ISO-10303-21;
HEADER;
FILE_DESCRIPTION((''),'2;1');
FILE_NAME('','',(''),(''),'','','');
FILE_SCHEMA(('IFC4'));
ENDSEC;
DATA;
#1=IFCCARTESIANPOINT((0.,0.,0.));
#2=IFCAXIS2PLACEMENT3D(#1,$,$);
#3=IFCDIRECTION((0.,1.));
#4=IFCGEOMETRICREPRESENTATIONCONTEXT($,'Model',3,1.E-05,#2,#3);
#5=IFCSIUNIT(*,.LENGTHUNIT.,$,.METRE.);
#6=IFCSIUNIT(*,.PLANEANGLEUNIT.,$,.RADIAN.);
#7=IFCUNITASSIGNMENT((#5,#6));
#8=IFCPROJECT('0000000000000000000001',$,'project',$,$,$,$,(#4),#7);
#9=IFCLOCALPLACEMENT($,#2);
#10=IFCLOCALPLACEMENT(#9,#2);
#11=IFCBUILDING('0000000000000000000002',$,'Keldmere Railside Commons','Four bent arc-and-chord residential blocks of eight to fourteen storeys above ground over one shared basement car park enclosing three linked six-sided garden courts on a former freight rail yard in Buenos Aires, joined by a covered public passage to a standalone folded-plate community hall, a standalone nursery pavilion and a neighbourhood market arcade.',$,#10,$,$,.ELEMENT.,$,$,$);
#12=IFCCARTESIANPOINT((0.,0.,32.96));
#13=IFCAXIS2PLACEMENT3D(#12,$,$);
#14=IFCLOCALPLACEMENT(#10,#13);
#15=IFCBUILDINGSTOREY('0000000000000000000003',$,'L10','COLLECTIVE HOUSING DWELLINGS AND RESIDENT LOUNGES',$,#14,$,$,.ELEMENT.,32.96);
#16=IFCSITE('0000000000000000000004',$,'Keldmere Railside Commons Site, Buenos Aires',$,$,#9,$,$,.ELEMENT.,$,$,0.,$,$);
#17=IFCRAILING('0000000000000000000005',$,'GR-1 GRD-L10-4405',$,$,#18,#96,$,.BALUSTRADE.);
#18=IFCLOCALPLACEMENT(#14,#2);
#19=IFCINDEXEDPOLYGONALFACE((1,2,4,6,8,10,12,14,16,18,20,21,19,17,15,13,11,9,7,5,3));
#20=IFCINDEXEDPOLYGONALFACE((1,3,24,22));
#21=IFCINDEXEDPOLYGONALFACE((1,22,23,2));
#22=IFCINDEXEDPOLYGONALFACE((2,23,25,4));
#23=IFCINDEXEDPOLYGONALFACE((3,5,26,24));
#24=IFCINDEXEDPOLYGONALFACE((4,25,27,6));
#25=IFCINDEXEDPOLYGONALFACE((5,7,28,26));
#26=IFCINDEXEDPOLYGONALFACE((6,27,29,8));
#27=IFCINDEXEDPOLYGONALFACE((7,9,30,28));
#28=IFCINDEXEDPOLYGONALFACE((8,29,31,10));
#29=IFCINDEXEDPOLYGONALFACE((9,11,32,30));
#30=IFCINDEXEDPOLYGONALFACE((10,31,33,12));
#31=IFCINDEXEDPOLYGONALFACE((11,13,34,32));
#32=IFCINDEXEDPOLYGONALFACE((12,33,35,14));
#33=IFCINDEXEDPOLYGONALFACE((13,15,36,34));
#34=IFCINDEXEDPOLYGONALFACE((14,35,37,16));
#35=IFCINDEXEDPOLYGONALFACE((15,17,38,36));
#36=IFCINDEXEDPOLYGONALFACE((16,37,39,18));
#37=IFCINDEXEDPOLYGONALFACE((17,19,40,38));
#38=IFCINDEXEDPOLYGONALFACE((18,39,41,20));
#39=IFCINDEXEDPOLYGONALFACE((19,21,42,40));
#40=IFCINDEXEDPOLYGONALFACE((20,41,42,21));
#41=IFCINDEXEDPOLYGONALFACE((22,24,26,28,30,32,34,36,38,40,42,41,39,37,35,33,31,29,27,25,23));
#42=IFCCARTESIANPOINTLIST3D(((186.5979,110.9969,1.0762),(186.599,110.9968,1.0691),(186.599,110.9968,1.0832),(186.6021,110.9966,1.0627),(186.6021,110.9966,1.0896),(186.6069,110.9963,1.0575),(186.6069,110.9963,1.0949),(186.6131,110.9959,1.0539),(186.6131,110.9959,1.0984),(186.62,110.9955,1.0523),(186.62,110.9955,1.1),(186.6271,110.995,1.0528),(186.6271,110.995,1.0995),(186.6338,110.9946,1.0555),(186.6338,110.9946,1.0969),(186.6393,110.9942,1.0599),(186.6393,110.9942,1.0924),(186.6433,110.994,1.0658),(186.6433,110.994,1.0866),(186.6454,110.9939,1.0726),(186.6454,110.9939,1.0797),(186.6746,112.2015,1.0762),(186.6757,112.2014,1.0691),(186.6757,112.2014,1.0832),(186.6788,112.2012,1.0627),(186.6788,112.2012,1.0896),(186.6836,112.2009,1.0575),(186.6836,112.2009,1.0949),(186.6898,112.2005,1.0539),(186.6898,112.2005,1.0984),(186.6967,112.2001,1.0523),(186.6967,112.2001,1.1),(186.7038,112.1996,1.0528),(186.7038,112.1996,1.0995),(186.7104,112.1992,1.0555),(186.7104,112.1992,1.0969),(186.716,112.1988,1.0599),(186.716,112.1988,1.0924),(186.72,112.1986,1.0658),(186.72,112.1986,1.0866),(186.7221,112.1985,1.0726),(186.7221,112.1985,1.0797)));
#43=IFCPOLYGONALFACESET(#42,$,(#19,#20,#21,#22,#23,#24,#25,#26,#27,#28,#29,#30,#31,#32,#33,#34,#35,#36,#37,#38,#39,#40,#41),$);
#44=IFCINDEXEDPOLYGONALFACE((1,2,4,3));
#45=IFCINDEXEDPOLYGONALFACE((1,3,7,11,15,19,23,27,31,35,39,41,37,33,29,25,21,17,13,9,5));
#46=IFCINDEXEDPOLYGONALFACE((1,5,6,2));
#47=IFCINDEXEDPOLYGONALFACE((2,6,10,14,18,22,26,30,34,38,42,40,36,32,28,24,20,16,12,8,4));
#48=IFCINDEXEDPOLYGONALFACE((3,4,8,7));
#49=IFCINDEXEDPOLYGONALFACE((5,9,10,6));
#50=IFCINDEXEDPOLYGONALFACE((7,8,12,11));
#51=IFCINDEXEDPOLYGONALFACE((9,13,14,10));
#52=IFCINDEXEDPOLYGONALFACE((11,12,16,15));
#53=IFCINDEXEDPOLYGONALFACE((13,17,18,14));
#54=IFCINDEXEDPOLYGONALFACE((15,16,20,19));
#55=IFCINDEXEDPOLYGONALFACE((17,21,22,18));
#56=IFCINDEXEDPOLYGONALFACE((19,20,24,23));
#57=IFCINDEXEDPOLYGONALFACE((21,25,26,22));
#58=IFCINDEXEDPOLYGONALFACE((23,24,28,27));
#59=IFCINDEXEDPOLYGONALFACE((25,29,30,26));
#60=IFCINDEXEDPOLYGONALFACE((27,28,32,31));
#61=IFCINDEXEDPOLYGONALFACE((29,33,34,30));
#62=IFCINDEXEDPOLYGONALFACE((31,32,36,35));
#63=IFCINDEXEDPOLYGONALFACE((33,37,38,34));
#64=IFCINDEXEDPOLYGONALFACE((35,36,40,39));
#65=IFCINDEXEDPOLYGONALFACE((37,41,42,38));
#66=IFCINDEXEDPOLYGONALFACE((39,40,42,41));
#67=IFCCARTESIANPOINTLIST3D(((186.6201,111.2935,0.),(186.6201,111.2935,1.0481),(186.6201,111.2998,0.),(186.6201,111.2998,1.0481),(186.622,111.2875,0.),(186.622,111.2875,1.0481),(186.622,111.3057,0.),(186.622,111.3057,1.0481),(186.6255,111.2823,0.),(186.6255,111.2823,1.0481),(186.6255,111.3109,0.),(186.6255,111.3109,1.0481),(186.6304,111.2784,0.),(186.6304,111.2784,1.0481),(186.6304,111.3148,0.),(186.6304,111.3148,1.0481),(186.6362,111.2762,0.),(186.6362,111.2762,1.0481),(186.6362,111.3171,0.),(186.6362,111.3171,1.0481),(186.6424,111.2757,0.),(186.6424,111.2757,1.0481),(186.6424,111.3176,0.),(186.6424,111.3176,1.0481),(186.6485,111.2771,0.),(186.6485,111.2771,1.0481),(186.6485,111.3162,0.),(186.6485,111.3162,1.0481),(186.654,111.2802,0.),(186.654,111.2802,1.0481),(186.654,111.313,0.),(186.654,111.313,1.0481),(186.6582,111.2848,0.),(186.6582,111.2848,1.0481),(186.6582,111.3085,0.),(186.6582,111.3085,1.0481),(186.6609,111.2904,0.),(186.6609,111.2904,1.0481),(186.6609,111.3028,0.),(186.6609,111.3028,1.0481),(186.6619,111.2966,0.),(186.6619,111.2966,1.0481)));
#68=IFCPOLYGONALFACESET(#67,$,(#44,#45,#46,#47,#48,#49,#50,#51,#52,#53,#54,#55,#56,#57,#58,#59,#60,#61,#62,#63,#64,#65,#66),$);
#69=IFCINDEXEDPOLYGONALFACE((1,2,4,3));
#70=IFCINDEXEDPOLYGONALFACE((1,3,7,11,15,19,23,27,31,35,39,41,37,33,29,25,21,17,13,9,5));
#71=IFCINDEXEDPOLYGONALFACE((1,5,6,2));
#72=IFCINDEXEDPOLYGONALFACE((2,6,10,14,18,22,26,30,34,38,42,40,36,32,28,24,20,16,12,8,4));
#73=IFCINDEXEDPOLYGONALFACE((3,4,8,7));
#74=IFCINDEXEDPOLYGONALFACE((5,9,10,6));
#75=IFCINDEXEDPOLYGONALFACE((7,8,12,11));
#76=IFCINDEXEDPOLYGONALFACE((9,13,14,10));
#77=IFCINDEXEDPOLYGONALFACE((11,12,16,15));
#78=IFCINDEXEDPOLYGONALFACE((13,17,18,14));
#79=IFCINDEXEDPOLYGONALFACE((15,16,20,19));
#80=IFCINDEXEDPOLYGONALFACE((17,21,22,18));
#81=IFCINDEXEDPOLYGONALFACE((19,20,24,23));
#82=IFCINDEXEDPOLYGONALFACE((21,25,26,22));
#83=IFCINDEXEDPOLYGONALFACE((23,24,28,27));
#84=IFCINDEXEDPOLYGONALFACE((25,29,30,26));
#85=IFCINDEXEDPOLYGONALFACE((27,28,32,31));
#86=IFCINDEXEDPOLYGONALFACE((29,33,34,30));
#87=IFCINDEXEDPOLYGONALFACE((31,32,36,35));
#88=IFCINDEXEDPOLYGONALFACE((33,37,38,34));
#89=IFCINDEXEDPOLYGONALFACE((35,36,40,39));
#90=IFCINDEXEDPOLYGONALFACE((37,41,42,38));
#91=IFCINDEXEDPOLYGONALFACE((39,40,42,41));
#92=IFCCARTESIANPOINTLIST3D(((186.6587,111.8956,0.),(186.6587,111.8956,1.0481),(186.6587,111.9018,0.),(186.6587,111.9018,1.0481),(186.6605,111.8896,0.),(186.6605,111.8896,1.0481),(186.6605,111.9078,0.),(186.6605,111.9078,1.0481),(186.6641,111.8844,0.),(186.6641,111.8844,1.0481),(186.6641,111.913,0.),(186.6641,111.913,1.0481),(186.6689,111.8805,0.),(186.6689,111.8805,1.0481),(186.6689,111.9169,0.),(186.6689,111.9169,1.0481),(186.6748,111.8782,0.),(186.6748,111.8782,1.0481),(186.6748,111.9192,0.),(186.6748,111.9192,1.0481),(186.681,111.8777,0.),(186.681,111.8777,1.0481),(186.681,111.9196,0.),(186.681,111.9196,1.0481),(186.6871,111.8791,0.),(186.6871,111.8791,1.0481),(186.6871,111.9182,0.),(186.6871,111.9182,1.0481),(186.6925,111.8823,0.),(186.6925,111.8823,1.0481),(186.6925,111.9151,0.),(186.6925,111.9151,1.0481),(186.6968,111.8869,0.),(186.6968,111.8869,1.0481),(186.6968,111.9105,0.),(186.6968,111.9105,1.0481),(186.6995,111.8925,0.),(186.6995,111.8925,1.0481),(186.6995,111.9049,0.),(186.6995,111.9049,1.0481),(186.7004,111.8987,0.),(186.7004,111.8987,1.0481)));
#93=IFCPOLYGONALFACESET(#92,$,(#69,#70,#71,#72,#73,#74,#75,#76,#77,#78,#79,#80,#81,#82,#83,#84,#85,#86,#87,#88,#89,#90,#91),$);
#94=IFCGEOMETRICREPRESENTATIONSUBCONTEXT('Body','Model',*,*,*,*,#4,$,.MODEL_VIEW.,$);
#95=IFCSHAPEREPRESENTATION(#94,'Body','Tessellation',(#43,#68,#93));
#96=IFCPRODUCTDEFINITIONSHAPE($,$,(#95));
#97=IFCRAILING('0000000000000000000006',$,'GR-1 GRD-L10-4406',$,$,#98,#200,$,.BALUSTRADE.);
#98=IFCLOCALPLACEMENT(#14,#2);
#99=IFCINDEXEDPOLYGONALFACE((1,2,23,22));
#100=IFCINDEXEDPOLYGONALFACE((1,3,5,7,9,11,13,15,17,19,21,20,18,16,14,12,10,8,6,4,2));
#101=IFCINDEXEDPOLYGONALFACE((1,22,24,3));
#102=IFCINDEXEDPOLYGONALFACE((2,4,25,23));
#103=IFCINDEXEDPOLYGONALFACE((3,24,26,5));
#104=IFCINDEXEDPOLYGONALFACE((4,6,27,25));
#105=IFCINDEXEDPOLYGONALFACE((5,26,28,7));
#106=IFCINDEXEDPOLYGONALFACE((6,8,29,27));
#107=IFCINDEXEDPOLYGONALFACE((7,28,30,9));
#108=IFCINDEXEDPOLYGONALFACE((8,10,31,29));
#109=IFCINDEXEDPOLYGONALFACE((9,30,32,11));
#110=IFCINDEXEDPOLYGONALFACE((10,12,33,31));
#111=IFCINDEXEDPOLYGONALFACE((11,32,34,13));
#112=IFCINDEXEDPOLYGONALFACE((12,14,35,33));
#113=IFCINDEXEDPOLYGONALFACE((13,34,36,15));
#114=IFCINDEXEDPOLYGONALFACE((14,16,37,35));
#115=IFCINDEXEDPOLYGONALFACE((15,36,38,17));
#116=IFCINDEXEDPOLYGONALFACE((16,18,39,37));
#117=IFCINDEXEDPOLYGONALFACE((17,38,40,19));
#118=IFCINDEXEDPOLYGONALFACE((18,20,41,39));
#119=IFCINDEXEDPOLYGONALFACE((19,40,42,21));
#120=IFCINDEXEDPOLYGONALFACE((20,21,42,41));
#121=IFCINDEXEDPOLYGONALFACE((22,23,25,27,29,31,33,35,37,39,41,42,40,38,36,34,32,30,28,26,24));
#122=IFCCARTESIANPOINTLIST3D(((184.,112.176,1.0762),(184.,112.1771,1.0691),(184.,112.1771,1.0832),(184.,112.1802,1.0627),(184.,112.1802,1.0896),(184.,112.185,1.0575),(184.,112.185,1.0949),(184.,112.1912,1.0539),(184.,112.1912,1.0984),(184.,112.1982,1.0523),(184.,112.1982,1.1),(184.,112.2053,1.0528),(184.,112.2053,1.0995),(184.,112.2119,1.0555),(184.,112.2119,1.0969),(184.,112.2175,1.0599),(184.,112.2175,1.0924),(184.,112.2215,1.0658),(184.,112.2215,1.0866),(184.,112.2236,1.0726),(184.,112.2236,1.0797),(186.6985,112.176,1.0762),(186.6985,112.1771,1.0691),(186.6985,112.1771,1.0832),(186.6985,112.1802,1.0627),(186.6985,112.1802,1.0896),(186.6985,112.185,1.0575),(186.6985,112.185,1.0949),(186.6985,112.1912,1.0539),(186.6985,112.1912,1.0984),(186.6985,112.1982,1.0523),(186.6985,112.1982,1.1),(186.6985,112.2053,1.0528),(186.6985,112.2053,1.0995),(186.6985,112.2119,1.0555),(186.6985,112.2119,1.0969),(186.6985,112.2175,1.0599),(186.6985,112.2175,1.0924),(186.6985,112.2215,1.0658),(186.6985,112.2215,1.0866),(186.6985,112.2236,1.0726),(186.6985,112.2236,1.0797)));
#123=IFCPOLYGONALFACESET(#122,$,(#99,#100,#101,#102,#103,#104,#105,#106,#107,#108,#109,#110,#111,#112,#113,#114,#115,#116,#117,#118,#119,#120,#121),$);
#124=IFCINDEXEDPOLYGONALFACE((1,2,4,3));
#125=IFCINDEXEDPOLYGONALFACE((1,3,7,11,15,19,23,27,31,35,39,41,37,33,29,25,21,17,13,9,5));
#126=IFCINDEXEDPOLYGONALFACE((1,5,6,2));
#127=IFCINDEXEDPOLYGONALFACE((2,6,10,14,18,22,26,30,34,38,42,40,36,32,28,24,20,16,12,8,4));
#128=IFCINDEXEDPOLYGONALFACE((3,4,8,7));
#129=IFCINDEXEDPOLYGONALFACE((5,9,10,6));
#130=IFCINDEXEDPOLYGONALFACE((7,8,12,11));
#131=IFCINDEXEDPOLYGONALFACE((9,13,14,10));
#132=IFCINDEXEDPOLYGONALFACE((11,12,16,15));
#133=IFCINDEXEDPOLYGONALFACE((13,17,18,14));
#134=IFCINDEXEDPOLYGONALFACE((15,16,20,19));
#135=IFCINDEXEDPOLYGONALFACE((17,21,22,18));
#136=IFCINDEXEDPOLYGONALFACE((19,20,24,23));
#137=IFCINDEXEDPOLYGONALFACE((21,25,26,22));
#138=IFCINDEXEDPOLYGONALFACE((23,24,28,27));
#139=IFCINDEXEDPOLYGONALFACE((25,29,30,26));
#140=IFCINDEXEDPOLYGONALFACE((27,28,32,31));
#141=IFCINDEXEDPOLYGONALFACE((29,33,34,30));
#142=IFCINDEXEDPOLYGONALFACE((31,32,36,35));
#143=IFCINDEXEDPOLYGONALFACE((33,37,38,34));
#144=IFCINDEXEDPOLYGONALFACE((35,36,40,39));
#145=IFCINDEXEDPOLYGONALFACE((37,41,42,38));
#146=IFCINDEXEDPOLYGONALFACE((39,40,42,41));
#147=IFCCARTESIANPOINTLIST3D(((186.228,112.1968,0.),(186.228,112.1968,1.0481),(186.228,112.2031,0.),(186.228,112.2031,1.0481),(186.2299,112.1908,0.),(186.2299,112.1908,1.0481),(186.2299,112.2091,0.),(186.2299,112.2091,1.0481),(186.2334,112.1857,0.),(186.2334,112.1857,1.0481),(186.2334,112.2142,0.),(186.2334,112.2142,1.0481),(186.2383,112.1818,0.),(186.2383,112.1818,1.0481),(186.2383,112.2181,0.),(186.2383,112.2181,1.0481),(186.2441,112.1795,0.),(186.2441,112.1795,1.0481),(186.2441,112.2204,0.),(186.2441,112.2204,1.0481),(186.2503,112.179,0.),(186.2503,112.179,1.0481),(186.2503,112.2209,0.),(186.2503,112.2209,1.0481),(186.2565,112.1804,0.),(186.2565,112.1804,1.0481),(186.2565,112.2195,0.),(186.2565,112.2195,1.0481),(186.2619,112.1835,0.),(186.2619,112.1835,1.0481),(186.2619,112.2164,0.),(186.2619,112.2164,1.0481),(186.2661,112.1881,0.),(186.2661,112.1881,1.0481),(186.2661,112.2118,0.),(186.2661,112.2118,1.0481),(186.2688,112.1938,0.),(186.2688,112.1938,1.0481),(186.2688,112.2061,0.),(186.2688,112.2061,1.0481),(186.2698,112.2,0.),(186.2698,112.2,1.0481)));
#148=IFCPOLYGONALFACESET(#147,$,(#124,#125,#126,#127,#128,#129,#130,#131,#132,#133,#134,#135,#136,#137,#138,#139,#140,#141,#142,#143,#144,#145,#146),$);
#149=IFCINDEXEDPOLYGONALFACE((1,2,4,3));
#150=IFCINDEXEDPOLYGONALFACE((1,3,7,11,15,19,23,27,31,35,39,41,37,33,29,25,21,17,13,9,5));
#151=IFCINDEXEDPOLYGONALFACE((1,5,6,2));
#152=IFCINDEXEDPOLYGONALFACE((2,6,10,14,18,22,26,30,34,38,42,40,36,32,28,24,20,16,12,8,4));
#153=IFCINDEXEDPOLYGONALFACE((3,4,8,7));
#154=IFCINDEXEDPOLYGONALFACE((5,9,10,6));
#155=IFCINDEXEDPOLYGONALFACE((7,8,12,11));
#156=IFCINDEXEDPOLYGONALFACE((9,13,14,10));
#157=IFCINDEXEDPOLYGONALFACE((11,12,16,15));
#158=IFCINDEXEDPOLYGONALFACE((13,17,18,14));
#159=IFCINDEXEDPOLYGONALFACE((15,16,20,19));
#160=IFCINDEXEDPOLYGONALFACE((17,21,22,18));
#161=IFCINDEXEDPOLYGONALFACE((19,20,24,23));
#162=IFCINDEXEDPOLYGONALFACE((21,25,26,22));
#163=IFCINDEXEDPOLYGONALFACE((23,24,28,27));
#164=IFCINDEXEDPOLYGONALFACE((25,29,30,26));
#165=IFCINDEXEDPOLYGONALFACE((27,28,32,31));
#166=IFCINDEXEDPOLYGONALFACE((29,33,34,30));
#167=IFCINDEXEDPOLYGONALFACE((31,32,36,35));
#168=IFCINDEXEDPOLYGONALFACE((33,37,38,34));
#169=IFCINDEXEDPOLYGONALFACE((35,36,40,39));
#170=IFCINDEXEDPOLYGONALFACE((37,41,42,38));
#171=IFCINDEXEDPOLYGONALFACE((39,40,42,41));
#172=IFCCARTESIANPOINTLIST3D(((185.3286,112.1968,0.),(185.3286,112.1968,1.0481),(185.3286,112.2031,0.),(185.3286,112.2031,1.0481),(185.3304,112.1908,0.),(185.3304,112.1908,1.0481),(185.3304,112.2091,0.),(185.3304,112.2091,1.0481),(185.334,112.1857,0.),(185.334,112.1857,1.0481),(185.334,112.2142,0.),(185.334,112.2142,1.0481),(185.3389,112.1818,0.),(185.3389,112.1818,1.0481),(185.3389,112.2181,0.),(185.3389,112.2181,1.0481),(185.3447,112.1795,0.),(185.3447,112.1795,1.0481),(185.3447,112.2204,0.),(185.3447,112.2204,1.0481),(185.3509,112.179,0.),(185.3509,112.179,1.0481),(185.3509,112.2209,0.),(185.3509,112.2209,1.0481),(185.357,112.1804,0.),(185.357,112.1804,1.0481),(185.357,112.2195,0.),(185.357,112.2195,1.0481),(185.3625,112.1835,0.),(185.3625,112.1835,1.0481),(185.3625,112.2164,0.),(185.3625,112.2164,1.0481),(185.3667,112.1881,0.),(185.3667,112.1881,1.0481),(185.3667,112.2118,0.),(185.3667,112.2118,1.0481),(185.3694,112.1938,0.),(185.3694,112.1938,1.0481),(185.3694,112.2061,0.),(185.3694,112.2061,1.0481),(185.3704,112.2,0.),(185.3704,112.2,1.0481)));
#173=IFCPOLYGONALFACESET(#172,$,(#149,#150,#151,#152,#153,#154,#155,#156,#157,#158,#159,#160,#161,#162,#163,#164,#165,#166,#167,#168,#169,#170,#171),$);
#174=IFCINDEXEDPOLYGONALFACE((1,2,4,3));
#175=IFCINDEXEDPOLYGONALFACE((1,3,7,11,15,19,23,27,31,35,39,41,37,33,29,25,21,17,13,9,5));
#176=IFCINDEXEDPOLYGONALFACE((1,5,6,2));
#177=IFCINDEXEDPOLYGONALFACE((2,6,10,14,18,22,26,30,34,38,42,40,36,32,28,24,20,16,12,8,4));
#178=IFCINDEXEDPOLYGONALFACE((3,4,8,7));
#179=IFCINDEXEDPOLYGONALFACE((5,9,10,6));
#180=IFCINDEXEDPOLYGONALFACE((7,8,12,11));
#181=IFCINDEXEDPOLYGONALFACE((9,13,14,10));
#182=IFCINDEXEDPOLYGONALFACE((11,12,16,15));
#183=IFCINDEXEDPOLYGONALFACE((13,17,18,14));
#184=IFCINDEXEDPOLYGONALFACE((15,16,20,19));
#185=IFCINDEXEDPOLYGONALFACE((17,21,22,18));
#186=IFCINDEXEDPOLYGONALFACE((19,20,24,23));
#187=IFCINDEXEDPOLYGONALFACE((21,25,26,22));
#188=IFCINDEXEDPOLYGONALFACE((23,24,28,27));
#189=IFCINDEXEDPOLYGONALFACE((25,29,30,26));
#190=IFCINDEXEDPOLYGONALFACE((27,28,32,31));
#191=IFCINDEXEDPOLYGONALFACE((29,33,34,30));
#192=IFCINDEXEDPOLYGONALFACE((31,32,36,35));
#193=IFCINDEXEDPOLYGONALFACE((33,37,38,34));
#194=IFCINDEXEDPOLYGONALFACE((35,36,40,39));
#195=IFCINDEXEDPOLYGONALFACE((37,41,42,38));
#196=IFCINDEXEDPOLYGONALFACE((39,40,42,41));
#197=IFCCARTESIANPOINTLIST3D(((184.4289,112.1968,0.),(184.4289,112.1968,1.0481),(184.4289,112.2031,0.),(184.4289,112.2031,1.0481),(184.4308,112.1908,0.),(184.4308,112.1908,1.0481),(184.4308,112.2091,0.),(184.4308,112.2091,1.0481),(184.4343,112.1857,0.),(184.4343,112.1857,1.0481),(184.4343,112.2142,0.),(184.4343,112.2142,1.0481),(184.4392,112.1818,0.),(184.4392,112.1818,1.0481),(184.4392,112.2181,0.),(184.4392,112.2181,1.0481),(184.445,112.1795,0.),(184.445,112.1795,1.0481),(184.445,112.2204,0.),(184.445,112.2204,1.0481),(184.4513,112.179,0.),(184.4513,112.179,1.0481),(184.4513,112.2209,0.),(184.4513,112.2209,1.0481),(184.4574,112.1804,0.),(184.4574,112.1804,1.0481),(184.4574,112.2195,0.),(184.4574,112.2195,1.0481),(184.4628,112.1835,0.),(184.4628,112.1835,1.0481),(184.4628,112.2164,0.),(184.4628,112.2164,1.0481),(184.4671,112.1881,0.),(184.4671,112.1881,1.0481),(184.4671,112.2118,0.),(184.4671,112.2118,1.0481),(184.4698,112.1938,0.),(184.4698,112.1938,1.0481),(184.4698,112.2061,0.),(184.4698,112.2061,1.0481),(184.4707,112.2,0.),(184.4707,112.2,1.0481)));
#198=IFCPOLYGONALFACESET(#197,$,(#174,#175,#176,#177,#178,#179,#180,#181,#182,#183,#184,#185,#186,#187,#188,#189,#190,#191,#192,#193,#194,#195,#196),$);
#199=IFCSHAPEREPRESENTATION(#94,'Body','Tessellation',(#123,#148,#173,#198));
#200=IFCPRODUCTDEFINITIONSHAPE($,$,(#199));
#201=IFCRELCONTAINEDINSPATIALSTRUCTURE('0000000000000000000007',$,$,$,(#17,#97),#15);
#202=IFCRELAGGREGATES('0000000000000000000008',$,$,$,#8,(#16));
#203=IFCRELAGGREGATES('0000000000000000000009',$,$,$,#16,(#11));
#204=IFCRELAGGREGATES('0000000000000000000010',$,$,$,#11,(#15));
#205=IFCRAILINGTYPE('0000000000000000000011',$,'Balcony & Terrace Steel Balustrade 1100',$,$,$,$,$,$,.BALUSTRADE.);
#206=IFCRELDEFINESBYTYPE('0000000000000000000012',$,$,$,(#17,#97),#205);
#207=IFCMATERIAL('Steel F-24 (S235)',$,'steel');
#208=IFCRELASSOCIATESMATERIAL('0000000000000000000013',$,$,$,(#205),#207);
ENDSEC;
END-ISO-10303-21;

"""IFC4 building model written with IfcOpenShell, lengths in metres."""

from ifc_helpers import new_model, si_unit, direction, frame, origin, origin_2d, place, context, subcontext, project, spatial, circle, extrude, material, type_object, element, save


model = new_model("IFC4")

# Units and contexts
model_context = context("Model", 3, precision=1e-05, world=origin(), true_north=direction((0.0, 1.0)))
body_context = subcontext(model_context, "Body", "Model", "MODEL_VIEW")
ifc_project = project(units=[si_unit("LENGTHUNIT", "METRE"), si_unit("PLANEANGLEUNIT", "RADIAN")], contexts=[model_context])

# Site, building, storey
site_placement = place(None, origin())
site = spatial("IfcSite", under=ifc_project, at=site_placement, Name="Keldmere Railside Commons Site, Buenos Aires", CompositionType="ELEMENT", RefElevation=0.0)
building_placement = place(site_placement, origin())
building = spatial("IfcBuilding", under=site, at=building_placement, Name="Keldmere Railside Commons", Description="Four bent arc-and-chord residential blocks of eight to fourteen storeys above ground over one shared basement car park enclosing three linked six-sided garden courts on a former freight rail yard in Buenos Aires, joined by a covered public passage to a standalone folded-plate community hall, a standalone nursery pavilion and a neighbourhood market arcade.", CompositionType="ELEMENT")
storey_placement = place(building_placement, frame((0.0, 0.0, 32.96)))
storey = spatial("IfcBuildingStorey", under=building, at=storey_placement, Name="L10", Description="COLLECTIVE HOUSING DWELLINGS AND RESIDENT LOUNGES", CompositionType="ELEMENT", Elevation=32.96)

# Railings
ifc_material_1 = material(Name="Steel F-24 (S235)", Category="steel")
railing_type = type_object("IfcRailingType", Name="Balcony & Terrace Steel Balustrade 1100", PredefinedType="BALUSTRADE", material=ifc_material_1)
railing_1_placement = place(storey_placement, frame((186.6218, 110.9954, 0.0)))
element("IfcRailing", 1, at=railing_1_placement, inside=storey, type_object=railing_type, Name="GR-1 GRD-L10-4405", PredefinedType="BALUSTRADE", context=body_context, shape_type="SweptSolid", body=[
    extrude(circle(Radius=0.0239, at=origin_2d()), frame((0.0, 0.0, 1.0762), z_axis=(0.063512, 0.997981, 0.0), x_axis=(-0.997981, 0.063512, 0.0)), (0.0, 0.0, 1.0), 1.207),
    extrude(circle(Radius=0.021, at=origin_2d()), frame((0.019, 0.3013, 0.0)), (0.0, 0.0, 1.0), 1.0481),
    extrude(circle(Radius=0.021, at=origin_2d()), frame((0.0576, 0.9033, 0.0)), (0.0, 0.0, 1.0), 1.0481),
])
railing_2_placement = place(storey_placement, frame((186.6985, 112.2, 0.0)))
element("IfcRailing", 2, at=railing_2_placement, inside=storey, type_object=railing_type, Name="GR-1 GRD-L10-4406", PredefinedType="BALUSTRADE", context=body_context, shape_type="SweptSolid", body=[
    extrude(circle(Radius=0.0239, at=origin_2d()), frame((0.0, 0.0, 1.0762), z_axis=(-1.0, 0.0, 0.0), x_axis=(0.0, -1.0, 0.0)), (0.0, 0.0, 1.0), 2.6985),
    extrude(circle(Radius=0.021, at=origin_2d()), frame((-0.4497, 0.0, 0.0)), (0.0, 0.0, 1.0), 1.0481),
    extrude(circle(Radius=0.021, at=origin_2d()), frame((-1.3491, 0.0, 0.0)), (0.0, 0.0, 1.0), 1.0481),
    extrude(circle(Radius=0.021, at=origin_2d()), frame((-2.2488, 0.0, 0.0)), (0.0, 0.0, 1.0), 1.0481),
])

save(model, "model.ifc")
